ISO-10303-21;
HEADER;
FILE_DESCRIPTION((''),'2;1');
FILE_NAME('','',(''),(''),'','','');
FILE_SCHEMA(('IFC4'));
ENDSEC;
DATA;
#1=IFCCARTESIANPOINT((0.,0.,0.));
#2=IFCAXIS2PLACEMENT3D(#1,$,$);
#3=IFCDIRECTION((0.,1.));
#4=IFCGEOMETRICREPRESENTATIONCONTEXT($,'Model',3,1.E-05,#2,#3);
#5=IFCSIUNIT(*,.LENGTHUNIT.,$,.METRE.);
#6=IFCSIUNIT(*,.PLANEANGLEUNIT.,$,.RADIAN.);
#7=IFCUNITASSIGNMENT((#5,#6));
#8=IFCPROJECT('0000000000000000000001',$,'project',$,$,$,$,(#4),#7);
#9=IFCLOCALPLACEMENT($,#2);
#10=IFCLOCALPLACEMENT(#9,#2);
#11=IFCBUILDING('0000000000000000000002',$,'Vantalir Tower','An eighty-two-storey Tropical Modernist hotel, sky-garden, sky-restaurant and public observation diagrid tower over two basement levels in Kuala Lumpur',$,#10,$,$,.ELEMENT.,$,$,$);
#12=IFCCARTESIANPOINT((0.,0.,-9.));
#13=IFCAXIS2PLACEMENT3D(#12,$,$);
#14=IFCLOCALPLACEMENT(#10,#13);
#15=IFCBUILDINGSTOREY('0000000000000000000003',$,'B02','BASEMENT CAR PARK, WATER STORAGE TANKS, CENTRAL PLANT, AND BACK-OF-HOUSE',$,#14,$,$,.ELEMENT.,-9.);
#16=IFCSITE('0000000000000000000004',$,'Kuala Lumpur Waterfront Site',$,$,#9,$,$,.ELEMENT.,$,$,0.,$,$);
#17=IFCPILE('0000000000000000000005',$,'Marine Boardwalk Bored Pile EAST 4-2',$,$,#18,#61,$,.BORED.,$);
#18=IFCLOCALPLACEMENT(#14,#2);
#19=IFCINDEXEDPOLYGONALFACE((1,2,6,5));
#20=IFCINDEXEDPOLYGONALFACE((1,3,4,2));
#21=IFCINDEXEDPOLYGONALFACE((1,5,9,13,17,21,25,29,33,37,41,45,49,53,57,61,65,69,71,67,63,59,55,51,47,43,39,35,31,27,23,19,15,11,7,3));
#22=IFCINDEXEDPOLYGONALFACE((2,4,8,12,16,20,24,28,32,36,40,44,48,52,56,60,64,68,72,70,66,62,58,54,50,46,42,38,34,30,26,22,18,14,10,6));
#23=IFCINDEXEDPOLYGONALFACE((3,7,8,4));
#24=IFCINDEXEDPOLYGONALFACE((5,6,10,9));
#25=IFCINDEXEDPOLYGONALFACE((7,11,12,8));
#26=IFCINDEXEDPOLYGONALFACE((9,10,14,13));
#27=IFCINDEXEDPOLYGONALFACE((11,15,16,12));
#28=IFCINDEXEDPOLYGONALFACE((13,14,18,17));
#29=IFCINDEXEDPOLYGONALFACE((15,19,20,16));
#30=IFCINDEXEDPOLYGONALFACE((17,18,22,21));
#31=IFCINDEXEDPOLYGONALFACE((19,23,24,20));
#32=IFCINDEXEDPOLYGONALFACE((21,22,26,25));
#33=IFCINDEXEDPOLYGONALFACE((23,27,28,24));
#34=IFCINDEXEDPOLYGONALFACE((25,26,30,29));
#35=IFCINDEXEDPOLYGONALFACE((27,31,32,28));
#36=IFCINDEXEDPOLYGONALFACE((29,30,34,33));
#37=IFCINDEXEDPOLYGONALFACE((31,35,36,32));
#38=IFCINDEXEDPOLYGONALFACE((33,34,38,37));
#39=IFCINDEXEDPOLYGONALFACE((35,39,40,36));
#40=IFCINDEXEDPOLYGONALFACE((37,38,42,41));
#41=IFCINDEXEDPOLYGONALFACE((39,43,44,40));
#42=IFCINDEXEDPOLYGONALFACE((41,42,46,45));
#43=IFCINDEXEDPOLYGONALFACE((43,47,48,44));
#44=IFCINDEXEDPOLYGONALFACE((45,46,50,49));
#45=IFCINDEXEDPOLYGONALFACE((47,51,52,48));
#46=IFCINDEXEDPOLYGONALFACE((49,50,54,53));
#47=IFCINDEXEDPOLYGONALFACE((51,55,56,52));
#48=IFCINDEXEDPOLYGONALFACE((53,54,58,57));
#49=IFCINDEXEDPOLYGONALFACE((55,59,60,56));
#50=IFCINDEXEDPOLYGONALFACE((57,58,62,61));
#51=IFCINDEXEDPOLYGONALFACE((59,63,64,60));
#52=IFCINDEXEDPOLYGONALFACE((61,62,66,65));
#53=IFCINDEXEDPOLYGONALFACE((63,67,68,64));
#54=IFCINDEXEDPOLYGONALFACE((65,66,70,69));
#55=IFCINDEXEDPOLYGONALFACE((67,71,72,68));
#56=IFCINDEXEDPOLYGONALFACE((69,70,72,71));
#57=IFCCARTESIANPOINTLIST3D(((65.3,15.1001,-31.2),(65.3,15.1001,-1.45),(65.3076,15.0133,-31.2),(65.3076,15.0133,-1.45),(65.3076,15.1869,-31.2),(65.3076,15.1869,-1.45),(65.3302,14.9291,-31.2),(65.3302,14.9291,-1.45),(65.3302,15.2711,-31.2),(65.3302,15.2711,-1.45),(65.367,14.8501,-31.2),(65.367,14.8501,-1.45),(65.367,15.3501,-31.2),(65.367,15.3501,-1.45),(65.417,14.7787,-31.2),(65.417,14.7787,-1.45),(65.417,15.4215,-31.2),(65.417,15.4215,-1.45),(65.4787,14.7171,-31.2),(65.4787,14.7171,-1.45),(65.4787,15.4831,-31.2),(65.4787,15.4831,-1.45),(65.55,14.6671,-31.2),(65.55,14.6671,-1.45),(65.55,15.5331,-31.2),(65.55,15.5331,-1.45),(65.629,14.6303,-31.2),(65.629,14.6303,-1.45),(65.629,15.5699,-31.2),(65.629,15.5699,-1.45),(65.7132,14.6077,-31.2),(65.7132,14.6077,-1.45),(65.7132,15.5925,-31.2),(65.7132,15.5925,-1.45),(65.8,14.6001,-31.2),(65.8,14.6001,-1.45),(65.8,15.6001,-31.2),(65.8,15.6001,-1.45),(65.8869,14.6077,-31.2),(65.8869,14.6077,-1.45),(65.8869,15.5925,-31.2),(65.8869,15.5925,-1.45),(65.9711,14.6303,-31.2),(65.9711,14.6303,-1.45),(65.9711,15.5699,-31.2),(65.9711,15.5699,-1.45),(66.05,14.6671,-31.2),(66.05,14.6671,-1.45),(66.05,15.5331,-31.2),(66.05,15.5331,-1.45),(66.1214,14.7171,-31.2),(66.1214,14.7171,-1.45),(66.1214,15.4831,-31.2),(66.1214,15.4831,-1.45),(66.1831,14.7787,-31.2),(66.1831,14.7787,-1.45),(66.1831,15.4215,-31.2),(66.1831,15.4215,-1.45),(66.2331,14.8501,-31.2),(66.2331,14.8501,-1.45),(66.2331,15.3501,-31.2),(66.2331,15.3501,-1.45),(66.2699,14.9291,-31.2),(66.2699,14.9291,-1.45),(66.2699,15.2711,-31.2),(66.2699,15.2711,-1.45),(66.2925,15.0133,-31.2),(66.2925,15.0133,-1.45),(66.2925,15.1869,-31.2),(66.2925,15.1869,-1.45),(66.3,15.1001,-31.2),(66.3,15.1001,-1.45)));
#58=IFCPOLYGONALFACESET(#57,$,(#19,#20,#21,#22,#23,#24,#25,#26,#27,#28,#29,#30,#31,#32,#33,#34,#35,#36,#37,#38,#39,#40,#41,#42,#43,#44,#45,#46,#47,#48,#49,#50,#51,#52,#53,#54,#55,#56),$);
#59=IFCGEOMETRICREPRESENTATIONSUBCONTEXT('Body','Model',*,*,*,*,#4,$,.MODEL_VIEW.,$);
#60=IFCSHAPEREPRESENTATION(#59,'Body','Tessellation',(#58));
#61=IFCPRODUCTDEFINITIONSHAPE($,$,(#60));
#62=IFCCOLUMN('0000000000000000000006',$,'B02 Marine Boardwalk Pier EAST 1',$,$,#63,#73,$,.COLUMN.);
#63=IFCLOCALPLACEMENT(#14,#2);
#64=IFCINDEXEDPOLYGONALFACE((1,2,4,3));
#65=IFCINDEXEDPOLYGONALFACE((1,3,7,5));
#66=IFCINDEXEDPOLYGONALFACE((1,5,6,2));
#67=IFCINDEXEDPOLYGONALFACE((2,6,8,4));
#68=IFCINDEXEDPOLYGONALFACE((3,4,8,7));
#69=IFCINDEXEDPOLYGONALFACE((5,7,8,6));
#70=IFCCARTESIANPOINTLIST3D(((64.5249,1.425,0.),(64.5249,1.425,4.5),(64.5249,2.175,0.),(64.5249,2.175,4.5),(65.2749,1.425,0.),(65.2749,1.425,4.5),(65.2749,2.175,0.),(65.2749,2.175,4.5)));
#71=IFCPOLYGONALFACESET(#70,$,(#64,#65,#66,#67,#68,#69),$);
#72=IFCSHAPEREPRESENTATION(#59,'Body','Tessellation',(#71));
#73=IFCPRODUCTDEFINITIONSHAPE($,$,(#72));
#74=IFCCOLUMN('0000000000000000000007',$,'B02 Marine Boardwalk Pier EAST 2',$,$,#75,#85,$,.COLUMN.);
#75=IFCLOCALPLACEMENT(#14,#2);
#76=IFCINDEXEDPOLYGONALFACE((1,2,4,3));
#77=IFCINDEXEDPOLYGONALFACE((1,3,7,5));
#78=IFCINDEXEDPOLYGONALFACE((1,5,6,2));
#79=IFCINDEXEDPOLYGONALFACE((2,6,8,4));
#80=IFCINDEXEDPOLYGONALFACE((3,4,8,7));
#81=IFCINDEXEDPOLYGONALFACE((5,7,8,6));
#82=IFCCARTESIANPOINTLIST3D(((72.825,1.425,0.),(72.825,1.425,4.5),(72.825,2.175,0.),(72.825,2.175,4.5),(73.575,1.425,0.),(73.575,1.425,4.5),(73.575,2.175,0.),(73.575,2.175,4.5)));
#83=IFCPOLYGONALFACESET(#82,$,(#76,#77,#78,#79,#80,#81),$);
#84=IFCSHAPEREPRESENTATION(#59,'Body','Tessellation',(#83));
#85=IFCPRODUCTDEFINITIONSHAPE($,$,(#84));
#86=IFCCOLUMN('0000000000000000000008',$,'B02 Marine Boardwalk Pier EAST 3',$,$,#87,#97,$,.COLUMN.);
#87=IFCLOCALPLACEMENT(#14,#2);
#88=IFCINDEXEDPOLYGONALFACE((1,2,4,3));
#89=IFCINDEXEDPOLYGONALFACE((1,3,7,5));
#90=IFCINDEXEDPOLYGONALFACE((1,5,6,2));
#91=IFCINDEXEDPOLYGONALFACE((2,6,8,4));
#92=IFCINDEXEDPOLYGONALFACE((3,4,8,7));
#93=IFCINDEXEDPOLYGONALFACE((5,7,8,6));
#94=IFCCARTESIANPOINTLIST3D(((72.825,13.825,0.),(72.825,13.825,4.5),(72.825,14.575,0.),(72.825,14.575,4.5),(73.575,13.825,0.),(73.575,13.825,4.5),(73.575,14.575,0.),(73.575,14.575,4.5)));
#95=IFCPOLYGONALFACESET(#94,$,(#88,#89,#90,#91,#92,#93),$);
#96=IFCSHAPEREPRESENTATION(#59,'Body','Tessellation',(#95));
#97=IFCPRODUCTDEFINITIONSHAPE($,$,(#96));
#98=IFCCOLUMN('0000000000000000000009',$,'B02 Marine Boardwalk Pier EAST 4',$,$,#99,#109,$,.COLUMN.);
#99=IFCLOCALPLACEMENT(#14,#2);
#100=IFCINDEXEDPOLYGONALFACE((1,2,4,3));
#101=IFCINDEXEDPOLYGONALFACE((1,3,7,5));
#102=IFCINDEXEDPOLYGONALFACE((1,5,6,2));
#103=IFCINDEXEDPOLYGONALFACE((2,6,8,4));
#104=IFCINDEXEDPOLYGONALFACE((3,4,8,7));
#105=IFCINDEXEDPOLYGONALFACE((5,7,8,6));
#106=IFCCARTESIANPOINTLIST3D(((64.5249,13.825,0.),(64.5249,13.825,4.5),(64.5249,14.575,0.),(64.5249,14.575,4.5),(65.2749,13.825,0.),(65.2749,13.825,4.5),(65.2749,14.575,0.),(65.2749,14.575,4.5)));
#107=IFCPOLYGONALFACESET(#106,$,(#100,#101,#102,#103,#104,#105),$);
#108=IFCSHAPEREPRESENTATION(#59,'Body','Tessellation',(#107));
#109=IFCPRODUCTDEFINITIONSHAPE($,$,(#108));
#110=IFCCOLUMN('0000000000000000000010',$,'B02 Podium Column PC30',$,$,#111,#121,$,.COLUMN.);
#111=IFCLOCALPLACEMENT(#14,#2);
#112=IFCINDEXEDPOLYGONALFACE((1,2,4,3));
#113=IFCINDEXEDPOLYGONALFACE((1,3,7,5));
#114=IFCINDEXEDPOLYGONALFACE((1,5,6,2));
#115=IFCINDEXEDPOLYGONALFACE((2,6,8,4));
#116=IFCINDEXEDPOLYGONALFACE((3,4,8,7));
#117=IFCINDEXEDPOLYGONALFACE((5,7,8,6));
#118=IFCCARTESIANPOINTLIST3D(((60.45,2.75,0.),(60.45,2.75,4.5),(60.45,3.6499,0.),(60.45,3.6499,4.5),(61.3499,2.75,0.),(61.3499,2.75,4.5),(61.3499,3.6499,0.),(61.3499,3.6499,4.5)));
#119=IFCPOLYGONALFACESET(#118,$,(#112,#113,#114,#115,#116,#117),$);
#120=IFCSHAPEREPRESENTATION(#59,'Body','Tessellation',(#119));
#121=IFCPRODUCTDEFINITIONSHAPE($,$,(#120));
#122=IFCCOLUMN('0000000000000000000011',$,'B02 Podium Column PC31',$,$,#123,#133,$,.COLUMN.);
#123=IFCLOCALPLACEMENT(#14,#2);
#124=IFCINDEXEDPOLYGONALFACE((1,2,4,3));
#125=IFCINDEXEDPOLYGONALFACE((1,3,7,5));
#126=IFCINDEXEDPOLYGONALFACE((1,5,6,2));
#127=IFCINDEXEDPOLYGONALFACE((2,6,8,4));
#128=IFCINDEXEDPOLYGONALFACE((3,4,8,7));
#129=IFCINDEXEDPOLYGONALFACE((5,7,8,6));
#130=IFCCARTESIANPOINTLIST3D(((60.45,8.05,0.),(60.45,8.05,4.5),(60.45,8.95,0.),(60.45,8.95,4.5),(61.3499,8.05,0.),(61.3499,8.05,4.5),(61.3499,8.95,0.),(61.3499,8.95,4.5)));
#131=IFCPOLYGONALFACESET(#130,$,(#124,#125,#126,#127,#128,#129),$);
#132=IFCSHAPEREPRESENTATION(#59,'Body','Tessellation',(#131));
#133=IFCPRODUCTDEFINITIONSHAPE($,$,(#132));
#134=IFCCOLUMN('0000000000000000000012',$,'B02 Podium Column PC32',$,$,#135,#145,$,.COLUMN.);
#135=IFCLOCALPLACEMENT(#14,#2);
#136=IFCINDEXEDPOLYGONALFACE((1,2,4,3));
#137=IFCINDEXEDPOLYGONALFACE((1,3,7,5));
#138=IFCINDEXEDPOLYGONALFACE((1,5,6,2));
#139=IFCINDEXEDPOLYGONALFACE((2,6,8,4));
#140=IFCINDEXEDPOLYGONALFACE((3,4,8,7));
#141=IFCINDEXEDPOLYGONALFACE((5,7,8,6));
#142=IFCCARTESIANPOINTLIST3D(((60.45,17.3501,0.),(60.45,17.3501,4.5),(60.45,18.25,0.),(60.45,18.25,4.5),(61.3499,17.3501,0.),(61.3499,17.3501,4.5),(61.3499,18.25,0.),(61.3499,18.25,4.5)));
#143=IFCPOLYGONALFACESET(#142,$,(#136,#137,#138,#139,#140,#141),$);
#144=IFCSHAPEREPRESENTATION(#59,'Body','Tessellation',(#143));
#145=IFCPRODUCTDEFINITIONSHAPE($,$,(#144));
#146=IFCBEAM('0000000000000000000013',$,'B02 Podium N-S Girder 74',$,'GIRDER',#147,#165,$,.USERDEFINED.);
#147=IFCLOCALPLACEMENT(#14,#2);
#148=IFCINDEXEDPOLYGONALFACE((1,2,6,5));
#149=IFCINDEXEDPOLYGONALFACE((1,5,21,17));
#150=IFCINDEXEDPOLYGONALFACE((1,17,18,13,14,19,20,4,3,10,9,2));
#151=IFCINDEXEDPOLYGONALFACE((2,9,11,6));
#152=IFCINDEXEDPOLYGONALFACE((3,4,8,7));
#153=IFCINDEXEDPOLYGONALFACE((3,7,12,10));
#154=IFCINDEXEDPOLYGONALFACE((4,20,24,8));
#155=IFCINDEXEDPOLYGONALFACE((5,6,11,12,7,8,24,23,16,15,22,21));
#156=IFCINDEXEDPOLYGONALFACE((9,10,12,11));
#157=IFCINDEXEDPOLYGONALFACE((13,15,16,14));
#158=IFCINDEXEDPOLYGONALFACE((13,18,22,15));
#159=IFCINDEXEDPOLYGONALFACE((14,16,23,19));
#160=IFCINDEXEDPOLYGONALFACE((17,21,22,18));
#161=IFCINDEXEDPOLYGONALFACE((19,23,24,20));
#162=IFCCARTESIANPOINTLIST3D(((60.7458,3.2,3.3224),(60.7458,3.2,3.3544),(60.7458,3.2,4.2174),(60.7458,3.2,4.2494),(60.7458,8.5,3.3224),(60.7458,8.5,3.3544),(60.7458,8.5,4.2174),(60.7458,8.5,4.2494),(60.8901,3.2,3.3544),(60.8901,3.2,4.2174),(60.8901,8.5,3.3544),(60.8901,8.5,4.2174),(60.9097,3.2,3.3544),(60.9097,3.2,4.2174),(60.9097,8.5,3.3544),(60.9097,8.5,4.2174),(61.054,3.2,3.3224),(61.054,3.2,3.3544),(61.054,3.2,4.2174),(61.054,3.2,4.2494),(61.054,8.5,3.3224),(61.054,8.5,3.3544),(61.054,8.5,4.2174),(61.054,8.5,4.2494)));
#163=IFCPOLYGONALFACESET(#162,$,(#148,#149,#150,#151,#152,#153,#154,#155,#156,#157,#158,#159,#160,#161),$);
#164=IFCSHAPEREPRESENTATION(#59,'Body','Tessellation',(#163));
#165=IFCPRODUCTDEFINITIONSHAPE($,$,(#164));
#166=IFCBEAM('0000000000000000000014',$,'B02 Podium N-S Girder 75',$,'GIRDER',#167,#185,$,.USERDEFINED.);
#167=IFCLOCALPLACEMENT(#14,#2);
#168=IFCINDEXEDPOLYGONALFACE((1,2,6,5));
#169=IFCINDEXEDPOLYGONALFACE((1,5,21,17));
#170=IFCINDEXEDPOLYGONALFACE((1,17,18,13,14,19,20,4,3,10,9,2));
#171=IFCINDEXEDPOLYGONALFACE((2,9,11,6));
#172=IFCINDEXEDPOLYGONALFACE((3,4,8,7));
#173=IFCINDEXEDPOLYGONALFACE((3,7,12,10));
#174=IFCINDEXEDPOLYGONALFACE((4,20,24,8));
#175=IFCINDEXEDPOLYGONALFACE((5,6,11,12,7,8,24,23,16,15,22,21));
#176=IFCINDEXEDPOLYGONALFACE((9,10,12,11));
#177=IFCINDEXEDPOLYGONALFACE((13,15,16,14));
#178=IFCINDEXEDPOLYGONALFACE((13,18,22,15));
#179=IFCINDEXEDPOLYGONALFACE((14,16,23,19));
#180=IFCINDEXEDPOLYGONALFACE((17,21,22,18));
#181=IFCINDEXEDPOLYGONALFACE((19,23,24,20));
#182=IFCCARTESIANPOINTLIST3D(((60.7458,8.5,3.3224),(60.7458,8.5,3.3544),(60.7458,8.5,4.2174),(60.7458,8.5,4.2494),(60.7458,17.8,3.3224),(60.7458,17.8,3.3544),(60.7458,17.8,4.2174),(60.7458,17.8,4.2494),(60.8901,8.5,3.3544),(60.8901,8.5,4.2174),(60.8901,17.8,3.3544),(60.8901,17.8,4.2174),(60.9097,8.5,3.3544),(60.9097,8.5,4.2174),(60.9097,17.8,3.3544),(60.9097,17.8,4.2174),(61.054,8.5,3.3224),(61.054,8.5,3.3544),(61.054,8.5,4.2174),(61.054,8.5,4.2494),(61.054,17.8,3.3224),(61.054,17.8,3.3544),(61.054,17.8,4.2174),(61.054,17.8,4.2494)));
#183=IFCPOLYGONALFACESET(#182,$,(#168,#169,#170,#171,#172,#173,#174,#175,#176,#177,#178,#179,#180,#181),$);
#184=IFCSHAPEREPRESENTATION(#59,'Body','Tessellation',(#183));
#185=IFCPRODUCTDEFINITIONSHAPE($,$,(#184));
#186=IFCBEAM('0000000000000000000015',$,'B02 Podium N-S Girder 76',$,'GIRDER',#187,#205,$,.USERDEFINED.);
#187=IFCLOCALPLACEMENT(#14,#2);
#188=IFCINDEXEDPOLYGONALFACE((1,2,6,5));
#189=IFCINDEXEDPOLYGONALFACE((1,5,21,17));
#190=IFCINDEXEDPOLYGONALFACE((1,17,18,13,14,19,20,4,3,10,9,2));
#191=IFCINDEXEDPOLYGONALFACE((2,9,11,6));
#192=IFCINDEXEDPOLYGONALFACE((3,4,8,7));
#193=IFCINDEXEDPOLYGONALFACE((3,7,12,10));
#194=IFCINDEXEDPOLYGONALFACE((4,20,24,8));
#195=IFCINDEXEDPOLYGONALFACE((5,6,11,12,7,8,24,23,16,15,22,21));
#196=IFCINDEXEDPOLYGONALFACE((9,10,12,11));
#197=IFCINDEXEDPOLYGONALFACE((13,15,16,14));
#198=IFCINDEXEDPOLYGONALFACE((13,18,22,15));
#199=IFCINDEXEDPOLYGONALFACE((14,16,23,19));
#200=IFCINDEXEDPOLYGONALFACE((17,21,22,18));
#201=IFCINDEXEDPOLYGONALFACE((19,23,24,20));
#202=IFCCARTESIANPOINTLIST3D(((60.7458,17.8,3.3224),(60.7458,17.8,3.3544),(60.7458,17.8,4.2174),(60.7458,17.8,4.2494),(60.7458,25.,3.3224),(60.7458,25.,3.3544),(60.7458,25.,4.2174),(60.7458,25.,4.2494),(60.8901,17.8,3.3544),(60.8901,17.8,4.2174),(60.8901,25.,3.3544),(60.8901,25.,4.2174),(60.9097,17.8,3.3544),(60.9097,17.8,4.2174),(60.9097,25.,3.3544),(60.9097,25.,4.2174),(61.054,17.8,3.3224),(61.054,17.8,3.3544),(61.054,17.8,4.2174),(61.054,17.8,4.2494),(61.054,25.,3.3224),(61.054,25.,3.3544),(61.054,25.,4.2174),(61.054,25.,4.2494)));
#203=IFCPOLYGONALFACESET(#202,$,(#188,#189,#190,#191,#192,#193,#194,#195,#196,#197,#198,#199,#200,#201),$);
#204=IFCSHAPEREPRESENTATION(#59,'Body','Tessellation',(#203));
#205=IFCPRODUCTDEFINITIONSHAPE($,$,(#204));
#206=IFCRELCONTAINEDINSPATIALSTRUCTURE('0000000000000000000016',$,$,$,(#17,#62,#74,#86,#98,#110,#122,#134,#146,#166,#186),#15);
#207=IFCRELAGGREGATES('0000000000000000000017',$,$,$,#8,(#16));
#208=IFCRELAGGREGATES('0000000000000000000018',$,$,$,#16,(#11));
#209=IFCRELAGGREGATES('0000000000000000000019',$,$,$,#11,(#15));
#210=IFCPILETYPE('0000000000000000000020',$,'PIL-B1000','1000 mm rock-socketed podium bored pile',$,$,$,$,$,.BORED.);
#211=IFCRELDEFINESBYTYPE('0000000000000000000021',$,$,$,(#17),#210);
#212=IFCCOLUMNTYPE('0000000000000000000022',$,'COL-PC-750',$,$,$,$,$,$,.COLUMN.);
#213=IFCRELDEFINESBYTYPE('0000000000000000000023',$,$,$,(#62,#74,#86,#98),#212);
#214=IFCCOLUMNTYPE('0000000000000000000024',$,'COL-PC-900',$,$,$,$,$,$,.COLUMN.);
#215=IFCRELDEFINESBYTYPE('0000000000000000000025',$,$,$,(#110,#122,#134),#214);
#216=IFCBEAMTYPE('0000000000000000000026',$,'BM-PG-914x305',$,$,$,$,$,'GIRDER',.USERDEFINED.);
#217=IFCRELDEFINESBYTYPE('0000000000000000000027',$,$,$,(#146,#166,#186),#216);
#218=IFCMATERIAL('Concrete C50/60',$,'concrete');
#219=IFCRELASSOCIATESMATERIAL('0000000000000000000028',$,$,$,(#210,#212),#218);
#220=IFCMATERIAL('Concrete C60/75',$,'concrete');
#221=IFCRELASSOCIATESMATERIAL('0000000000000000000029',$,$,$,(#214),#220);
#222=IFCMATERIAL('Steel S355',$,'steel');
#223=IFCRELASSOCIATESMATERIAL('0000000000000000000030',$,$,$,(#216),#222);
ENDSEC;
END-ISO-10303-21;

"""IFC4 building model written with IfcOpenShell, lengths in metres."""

from ifc_helpers import new_model, si_unit, direction, frame, origin, origin_2d, place, context, subcontext, project, spatial, rectangle, circle, i_section, extrude, material, material_profile, profile_set, type_object, element, save


model = new_model("IFC4")

# Units and contexts
model_context = context("Model", 3, precision=1e-05, world=origin(), true_north=direction((0.0, 1.0)))
body_context = subcontext(model_context, "Body", "Model", "MODEL_VIEW")
ifc_project = project(units=[si_unit("LENGTHUNIT", "METRE"), si_unit("PLANEANGLEUNIT", "RADIAN")], contexts=[model_context])

# Site, building, storey
site_placement = place(None, origin())
site = spatial("IfcSite", under=ifc_project, at=site_placement, Name="Kuala Lumpur Waterfront Site", CompositionType="ELEMENT", RefElevation=0.0)
building_placement = place(site_placement, origin())
building = spatial("IfcBuilding", under=site, at=building_placement, Name="Vantalir Tower", Description="An eighty-two-storey Tropical Modernist hotel, sky-garden, sky-restaurant and public observation diagrid tower over two basement levels in Kuala Lumpur", CompositionType="ELEMENT")
storey_placement = place(building_placement, frame((0.0, 0.0, -9.0)))
storey = spatial("IfcBuildingStorey", under=building, at=storey_placement, Name="B02", Description="BASEMENT CAR PARK, WATER STORAGE TANKS, CENTRAL PLANT, AND BACK-OF-HOUSE", CompositionType="ELEMENT", Elevation=-9.0)

# Shared definitions
ifc_material_1 = material(Name="Concrete C50/60", Category="concrete")

# Pile
ifc_material_profile_1 = material_profile(ifc_material_1, circle(Radius=0.5, at=origin_2d()), Name="Concrete C50/60")
ifc_profile_set_1 = profile_set([ifc_material_profile_1], Name="Concrete C50/60")
pile_type = type_object("IfcPileType", Name="PIL-B1000", Description="1000 mm rock-socketed podium bored pile", PredefinedType="BORED", material=ifc_profile_set_1)
for number, where, z_axis, x_axis, name in (
    (1, (65.8, 15.1001, -1.45), (0.0, 0.0, -1.0), (1.0, 0.0, 0.0), "Marine Boardwalk Bored Pile EAST 4-2"),
):
    element("IfcPile", number, at=place(storey_placement, frame(where, z_axis=z_axis, x_axis=x_axis)), inside=storey, type_object=pile_type, Name=name, PredefinedType="BORED", context=body_context, shape_type="SweptSolid", body=[
        extrude(circle(Radius=0.5, at=origin_2d()), origin(), (0.0, 0.0, 1.0), 29.75),
    ])

# Columns
ifc_material_profile_2 = material_profile(ifc_material_1, rectangle(XDim=0.75, YDim=0.75, at=origin_2d()), Name="Concrete C50/60")
ifc_profile_set_2 = profile_set([ifc_material_profile_2], Name="Concrete C50/60")
column_type_1 = type_object("IfcColumnType", Name="COL-PC-750", PredefinedType="COLUMN", material=ifc_profile_set_2)
for number, where, z_axis, x_axis, name in (
    (2, (64.8999, 1.8, 0.0), (0.0, 0.0, 1.0), (1.0, 0.0, 0.0), "B02 Marine Boardwalk Pier EAST 1"),
    (3, (73.2, 1.8, 0.0), (0.0, 0.0, 1.0), (1.0, 0.0, 0.0), "B02 Marine Boardwalk Pier EAST 2"),
    (4, (73.2, 14.2, 0.0), (0.0, 0.0, 1.0), (1.0, 0.0, 0.0), "B02 Marine Boardwalk Pier EAST 3"),
    (5, (64.8999, 14.2, 0.0), (0.0, 0.0, 1.0), (1.0, 0.0, 0.0), "B02 Marine Boardwalk Pier EAST 4"),
):
    element("IfcColumn", number, at=place(storey_placement, frame(where, z_axis=z_axis, x_axis=x_axis)), inside=storey, type_object=column_type_1, Name=name, PredefinedType="COLUMN", context=body_context, shape_type="SweptSolid", body=[
        extrude(rectangle(XDim=0.75, YDim=0.75, at=origin_2d()), origin(), (0.0, 0.0, 1.0), 4.5),
    ])
ifc_material_2 = material(Name="Concrete C60/75", Category="concrete")
ifc_material_profile_3 = material_profile(ifc_material_2, rectangle(XDim=0.8999, YDim=0.8999, at=origin_2d()), Name="Concrete C60/75")
ifc_profile_set_3 = profile_set([ifc_material_profile_3], Name="Concrete C60/75")
column_type_2 = type_object("IfcColumnType", Name="COL-PC-900", PredefinedType="COLUMN", material=ifc_profile_set_3)
for number, where, z_axis, x_axis, name in (
    (6, (60.8999, 3.2, 0.0), (0.0, 0.0, 1.0), (1.0, 0.0, 0.0), "B02 Podium Column PC30"),
    (7, (60.8999, 8.5, 0.0), (0.0, 0.0, 1.0), (1.0, 0.0, 0.0), "B02 Podium Column PC31"),
    (8, (60.8999, 17.8, 0.0), (0.0, 0.0, 1.0), (1.0, 0.0, 0.0), "B02 Podium Column PC32"),
):
    element("IfcColumn", number, at=place(storey_placement, frame(where, z_axis=z_axis, x_axis=x_axis)), inside=storey, type_object=column_type_2, Name=name, PredefinedType="COLUMN", context=body_context, shape_type="SweptSolid", body=[
        extrude(rectangle(XDim=0.8999, YDim=0.8999, at=origin_2d()), origin(), (0.0, 0.0, 1.0), 4.5),
    ])

# Beams
ifc_material_3 = material(Name="Steel S355", Category="steel")
ifc_material_profile_4 = material_profile(ifc_material_3, i_section(OverallWidth=0.3081, OverallDepth=0.927, WebThickness=0.0195, FlangeThickness=0.032, at=origin_2d()), Name="Steel S355")
ifc_profile_set_4 = profile_set([ifc_material_profile_4], Name="Steel S355")
beam_type = type_object("IfcBeamType", Name="BM-PG-914x305", ElementType="GIRDER", PredefinedType="USERDEFINED", material=ifc_profile_set_4)
beam_1_placement = place(storey_placement, frame((60.8999, 3.2, 3.7859), z_axis=(0.0, 1.0, 0.0), x_axis=(-1.0, 0.0, 0.0)))
element("IfcBeam", 9, at=beam_1_placement, inside=storey, type_object=beam_type, Name="B02 Podium N-S Girder 74", ObjectType="GIRDER", PredefinedType="USERDEFINED", context=body_context, shape_type="SweptSolid", body=[
    extrude(i_section(OverallWidth=0.3081, OverallDepth=0.927, WebThickness=0.0195, FlangeThickness=0.032, at=origin_2d()), origin(), (0.0, 0.0, 1.0), 5.3),
])
beam_2_placement = place(storey_placement, frame((60.8999, 8.5, 3.7859), z_axis=(0.0, 1.0, 0.0), x_axis=(-1.0, 0.0, 0.0)))
element("IfcBeam", 10, at=beam_2_placement, inside=storey, type_object=beam_type, Name="B02 Podium N-S Girder 75", ObjectType="GIRDER", PredefinedType="USERDEFINED", context=body_context, shape_type="SweptSolid", body=[
    extrude(i_section(OverallWidth=0.3081, OverallDepth=0.927, WebThickness=0.0195, FlangeThickness=0.032, at=origin_2d()), origin(), (0.0, 0.0, 1.0), 9.3),
])
beam_3_placement = place(storey_placement, frame((60.8999, 17.8, 3.7859), z_axis=(0.0, 1.0, 0.0), x_axis=(-1.0, 0.0, 0.0)))
element("IfcBeam", 11, at=beam_3_placement, inside=storey, type_object=beam_type, Name="B02 Podium N-S Girder 76", ObjectType="GIRDER", PredefinedType="USERDEFINED", context=body_context, shape_type="SweptSolid", body=[
    extrude(i_section(OverallWidth=0.3081, OverallDepth=0.927, WebThickness=0.0195, FlangeThickness=0.032, at=origin_2d()), origin(), (0.0, 0.0, 1.0), 7.2),
])

save(model, "model.ifc")
